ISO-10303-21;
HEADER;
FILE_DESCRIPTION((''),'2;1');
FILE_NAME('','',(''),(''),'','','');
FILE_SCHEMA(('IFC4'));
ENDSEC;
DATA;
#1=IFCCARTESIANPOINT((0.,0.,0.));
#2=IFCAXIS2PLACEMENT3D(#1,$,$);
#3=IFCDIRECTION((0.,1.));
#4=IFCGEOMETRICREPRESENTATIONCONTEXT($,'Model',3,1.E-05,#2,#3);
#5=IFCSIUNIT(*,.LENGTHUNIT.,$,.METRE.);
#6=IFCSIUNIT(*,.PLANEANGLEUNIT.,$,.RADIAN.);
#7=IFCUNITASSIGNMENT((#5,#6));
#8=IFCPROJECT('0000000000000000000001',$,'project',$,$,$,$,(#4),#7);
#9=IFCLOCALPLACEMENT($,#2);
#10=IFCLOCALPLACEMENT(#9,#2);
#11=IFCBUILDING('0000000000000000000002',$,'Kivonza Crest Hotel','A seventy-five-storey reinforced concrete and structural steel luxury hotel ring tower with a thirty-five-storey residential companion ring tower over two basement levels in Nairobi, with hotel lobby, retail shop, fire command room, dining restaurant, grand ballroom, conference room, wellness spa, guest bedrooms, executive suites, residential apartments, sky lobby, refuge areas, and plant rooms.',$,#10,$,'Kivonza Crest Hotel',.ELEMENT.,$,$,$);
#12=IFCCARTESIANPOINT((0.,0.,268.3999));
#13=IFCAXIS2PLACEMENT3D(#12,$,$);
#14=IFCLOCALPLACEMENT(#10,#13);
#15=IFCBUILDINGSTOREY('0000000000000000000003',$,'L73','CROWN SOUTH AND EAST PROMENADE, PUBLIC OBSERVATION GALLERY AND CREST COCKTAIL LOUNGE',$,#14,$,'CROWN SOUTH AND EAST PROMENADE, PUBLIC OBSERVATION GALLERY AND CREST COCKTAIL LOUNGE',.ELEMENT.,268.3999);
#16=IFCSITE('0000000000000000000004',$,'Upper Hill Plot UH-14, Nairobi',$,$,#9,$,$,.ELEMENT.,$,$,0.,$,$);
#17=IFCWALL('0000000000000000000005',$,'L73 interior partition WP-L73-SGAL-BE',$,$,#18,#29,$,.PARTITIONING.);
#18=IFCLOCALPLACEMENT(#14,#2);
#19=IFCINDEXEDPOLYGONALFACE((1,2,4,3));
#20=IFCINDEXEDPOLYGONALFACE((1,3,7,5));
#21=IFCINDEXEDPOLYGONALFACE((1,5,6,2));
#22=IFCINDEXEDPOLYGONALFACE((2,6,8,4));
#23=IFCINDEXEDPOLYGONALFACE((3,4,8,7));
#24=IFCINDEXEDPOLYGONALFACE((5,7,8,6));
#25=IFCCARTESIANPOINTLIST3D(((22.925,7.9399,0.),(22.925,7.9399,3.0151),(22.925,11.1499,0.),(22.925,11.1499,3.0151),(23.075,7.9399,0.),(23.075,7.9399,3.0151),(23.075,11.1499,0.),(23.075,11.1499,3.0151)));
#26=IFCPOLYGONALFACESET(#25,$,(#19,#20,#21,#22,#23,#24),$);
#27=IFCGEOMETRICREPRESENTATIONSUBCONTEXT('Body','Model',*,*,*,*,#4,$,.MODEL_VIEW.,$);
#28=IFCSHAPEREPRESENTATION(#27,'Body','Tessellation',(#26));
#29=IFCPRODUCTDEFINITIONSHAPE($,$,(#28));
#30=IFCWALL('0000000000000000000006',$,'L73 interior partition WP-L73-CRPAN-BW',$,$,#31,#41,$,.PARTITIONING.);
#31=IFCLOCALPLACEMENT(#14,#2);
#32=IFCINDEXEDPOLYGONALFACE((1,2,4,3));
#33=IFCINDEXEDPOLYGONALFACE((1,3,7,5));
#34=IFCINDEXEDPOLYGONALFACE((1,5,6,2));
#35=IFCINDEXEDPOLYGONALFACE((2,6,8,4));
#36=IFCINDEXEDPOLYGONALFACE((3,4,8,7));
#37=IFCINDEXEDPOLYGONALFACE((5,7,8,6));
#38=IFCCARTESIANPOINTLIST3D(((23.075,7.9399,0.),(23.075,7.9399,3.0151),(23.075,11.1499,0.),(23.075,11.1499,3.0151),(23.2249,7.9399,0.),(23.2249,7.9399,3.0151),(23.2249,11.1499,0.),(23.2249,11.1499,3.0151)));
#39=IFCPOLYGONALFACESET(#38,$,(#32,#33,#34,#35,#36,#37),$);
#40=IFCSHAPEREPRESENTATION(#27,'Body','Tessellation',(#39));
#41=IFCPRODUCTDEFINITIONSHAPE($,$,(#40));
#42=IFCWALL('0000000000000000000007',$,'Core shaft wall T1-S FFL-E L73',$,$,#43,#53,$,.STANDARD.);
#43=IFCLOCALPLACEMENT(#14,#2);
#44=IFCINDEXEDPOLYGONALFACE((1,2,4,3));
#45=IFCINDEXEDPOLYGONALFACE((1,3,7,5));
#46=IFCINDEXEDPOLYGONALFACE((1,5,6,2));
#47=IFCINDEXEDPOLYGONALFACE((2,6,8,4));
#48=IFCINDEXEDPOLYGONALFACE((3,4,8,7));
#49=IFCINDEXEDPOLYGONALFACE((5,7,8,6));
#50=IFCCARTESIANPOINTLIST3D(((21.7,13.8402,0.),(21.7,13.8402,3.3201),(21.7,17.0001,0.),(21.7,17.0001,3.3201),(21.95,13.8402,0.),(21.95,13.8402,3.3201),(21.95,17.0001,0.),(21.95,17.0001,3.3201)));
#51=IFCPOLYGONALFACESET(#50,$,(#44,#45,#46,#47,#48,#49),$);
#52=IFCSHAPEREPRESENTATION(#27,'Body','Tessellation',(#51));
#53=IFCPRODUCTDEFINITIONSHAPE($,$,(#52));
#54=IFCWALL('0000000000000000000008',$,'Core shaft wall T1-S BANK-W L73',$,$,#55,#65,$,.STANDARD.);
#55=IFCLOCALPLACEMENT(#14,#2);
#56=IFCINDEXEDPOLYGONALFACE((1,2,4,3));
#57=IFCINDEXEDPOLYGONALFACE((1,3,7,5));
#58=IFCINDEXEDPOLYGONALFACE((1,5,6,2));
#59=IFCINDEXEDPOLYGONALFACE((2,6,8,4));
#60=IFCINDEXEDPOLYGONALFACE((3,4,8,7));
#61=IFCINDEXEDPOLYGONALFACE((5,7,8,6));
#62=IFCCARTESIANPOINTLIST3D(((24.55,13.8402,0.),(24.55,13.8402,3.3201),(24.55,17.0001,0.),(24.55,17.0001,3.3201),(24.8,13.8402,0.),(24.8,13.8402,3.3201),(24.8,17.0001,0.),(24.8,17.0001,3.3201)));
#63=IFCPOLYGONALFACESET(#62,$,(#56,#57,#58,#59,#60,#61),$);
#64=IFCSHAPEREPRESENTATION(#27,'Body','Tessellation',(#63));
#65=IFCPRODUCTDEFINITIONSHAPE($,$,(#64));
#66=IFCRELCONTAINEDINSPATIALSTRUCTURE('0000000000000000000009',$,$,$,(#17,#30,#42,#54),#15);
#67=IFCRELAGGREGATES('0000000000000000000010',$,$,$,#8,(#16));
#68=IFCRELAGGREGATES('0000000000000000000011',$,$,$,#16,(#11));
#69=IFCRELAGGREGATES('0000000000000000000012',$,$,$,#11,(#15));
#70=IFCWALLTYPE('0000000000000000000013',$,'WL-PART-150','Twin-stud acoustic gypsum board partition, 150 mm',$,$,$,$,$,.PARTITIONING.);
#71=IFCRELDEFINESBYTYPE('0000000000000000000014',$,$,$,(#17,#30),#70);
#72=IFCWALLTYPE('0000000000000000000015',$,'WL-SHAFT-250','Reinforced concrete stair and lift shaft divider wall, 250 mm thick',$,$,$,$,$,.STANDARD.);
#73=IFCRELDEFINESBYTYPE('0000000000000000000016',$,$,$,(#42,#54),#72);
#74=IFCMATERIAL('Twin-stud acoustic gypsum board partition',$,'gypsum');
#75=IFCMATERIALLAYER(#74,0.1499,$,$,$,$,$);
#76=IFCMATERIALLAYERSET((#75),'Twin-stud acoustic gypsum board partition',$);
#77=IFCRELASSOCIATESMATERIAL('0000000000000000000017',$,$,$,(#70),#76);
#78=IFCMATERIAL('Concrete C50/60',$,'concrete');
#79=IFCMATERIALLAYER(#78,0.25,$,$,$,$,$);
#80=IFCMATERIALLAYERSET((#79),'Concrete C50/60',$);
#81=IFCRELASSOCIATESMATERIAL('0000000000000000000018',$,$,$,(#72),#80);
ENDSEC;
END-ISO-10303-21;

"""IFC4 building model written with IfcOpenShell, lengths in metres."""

from ifc_helpers import new_model, si_unit, direction, frame, frame_2d, origin, place, context, subcontext, project, spatial, rectangle, extrude, material, layer, layer_set, type_object, element, save


model = new_model("IFC4")

# Units and contexts
model_context = context("Model", 3, precision=1e-05, world=origin(), true_north=direction((0.0, 1.0)))
body_context = subcontext(model_context, "Body", "Model", "MODEL_VIEW")
ifc_project = project(units=[si_unit("LENGTHUNIT", "METRE"), si_unit("PLANEANGLEUNIT", "RADIAN")], contexts=[model_context])

# Site, building, storey
site_placement = place(None, origin())
site = spatial("IfcSite", under=ifc_project, at=site_placement, Name="Upper Hill Plot UH-14, Nairobi", CompositionType="ELEMENT", RefElevation=0.0)
building_placement = place(site_placement, origin())
building = spatial("IfcBuilding", under=site, at=building_placement, Name="Kivonza Crest Hotel", Description="A seventy-five-storey reinforced concrete and structural steel luxury hotel ring tower with a thirty-five-storey residential companion ring tower over two basement levels in Nairobi, with hotel lobby, retail shop, fire command room, dining restaurant, grand ballroom, conference room, wellness spa, guest bedrooms, executive suites, residential apartments, sky lobby, refuge areas, and plant rooms.", LongName="Kivonza Crest Hotel", CompositionType="ELEMENT")
storey_placement = place(building_placement, frame((0.0, 0.0, 268.3999)))
storey = spatial("IfcBuildingStorey", under=building, at=storey_placement, Name="L73", Description="CROWN SOUTH AND EAST PROMENADE, PUBLIC OBSERVATION GALLERY AND CREST COCKTAIL LOUNGE", LongName="CROWN SOUTH AND EAST PROMENADE, PUBLIC OBSERVATION GALLERY AND CREST COCKTAIL LOUNGE", CompositionType="ELEMENT", Elevation=268.3999)

# Shared definitions
ifc_material_1 = material(Name="Concrete C50/60", Category="concrete")

# Walls
ifc_material_2 = material(Name="Twin-stud acoustic gypsum board partition", Category="gypsum")
ifc_layer_1 = layer(ifc_material_2, 0.1499)
ifc_layer_set_1 = layer_set([ifc_layer_1], Name="Twin-stud acoustic gypsum board partition")
wall_type_1 = type_object("IfcWallType", Name="WL-PART-150", Description="Twin-stud acoustic gypsum board partition, 150 mm", PredefinedType="PARTITIONING", material=ifc_layer_set_1)
for number, where, z_axis, x_axis, name in (
    (1, (23.0, 7.9399, 0.0), (0.0, 0.0, 1.0), (0.0, 1.0, 0.0), "L73 interior partition WP-L73-SGAL-BE"),
    (2, (23.1499, 7.9399, 0.0), (0.0, 0.0, 1.0), (0.0, 1.0, 0.0), "L73 interior partition WP-L73-CRPAN-BW"),
):
    element("IfcWall", number, at=place(storey_placement, frame(where, z_axis=z_axis, x_axis=x_axis)), inside=storey, type_object=wall_type_1, Name=name, PredefinedType="PARTITIONING", context=body_context, shape_type="SweptSolid", body=[
        extrude(rectangle(XDim=3.21, YDim=0.1499, at=frame_2d((1.605, 0.0))), origin(), (0.0, 0.0, 1.0), 3.0151),
    ])
ifc_layer_2 = layer(ifc_material_1, 0.25)
ifc_layer_set_2 = layer_set([ifc_layer_2], Name="Concrete C50/60")
wall_type_2 = type_object("IfcWallType", Name="WL-SHAFT-250", Description="Reinforced concrete stair and lift shaft divider wall, 250 mm thick", PredefinedType="STANDARD", material=ifc_layer_set_2)
for number, where, z_axis, x_axis, name in (
    (3, (21.825, 13.8401, 0.0), (0.0, 0.0, 1.0), (0.0, 1.0, 0.0), "Core shaft wall T1-S FFL-E L73"),
    (4, (24.675, 13.8401, 0.0), (0.0, 0.0, 1.0), (0.0, 1.0, 0.0), "Core shaft wall T1-S BANK-W L73"),
):
    element("IfcWall", number, at=place(storey_placement, frame(where, z_axis=z_axis, x_axis=x_axis)), inside=storey, type_object=wall_type_2, Name=name, PredefinedType="STANDARD", context=body_context, shape_type="SweptSolid", body=[
        extrude(rectangle(XDim=3.1599, YDim=0.25, at=frame_2d((1.5801, 0.0))), origin(), (0.0, 0.0, 1.0), 3.3201),
    ])

save(model, "model.ifc")
